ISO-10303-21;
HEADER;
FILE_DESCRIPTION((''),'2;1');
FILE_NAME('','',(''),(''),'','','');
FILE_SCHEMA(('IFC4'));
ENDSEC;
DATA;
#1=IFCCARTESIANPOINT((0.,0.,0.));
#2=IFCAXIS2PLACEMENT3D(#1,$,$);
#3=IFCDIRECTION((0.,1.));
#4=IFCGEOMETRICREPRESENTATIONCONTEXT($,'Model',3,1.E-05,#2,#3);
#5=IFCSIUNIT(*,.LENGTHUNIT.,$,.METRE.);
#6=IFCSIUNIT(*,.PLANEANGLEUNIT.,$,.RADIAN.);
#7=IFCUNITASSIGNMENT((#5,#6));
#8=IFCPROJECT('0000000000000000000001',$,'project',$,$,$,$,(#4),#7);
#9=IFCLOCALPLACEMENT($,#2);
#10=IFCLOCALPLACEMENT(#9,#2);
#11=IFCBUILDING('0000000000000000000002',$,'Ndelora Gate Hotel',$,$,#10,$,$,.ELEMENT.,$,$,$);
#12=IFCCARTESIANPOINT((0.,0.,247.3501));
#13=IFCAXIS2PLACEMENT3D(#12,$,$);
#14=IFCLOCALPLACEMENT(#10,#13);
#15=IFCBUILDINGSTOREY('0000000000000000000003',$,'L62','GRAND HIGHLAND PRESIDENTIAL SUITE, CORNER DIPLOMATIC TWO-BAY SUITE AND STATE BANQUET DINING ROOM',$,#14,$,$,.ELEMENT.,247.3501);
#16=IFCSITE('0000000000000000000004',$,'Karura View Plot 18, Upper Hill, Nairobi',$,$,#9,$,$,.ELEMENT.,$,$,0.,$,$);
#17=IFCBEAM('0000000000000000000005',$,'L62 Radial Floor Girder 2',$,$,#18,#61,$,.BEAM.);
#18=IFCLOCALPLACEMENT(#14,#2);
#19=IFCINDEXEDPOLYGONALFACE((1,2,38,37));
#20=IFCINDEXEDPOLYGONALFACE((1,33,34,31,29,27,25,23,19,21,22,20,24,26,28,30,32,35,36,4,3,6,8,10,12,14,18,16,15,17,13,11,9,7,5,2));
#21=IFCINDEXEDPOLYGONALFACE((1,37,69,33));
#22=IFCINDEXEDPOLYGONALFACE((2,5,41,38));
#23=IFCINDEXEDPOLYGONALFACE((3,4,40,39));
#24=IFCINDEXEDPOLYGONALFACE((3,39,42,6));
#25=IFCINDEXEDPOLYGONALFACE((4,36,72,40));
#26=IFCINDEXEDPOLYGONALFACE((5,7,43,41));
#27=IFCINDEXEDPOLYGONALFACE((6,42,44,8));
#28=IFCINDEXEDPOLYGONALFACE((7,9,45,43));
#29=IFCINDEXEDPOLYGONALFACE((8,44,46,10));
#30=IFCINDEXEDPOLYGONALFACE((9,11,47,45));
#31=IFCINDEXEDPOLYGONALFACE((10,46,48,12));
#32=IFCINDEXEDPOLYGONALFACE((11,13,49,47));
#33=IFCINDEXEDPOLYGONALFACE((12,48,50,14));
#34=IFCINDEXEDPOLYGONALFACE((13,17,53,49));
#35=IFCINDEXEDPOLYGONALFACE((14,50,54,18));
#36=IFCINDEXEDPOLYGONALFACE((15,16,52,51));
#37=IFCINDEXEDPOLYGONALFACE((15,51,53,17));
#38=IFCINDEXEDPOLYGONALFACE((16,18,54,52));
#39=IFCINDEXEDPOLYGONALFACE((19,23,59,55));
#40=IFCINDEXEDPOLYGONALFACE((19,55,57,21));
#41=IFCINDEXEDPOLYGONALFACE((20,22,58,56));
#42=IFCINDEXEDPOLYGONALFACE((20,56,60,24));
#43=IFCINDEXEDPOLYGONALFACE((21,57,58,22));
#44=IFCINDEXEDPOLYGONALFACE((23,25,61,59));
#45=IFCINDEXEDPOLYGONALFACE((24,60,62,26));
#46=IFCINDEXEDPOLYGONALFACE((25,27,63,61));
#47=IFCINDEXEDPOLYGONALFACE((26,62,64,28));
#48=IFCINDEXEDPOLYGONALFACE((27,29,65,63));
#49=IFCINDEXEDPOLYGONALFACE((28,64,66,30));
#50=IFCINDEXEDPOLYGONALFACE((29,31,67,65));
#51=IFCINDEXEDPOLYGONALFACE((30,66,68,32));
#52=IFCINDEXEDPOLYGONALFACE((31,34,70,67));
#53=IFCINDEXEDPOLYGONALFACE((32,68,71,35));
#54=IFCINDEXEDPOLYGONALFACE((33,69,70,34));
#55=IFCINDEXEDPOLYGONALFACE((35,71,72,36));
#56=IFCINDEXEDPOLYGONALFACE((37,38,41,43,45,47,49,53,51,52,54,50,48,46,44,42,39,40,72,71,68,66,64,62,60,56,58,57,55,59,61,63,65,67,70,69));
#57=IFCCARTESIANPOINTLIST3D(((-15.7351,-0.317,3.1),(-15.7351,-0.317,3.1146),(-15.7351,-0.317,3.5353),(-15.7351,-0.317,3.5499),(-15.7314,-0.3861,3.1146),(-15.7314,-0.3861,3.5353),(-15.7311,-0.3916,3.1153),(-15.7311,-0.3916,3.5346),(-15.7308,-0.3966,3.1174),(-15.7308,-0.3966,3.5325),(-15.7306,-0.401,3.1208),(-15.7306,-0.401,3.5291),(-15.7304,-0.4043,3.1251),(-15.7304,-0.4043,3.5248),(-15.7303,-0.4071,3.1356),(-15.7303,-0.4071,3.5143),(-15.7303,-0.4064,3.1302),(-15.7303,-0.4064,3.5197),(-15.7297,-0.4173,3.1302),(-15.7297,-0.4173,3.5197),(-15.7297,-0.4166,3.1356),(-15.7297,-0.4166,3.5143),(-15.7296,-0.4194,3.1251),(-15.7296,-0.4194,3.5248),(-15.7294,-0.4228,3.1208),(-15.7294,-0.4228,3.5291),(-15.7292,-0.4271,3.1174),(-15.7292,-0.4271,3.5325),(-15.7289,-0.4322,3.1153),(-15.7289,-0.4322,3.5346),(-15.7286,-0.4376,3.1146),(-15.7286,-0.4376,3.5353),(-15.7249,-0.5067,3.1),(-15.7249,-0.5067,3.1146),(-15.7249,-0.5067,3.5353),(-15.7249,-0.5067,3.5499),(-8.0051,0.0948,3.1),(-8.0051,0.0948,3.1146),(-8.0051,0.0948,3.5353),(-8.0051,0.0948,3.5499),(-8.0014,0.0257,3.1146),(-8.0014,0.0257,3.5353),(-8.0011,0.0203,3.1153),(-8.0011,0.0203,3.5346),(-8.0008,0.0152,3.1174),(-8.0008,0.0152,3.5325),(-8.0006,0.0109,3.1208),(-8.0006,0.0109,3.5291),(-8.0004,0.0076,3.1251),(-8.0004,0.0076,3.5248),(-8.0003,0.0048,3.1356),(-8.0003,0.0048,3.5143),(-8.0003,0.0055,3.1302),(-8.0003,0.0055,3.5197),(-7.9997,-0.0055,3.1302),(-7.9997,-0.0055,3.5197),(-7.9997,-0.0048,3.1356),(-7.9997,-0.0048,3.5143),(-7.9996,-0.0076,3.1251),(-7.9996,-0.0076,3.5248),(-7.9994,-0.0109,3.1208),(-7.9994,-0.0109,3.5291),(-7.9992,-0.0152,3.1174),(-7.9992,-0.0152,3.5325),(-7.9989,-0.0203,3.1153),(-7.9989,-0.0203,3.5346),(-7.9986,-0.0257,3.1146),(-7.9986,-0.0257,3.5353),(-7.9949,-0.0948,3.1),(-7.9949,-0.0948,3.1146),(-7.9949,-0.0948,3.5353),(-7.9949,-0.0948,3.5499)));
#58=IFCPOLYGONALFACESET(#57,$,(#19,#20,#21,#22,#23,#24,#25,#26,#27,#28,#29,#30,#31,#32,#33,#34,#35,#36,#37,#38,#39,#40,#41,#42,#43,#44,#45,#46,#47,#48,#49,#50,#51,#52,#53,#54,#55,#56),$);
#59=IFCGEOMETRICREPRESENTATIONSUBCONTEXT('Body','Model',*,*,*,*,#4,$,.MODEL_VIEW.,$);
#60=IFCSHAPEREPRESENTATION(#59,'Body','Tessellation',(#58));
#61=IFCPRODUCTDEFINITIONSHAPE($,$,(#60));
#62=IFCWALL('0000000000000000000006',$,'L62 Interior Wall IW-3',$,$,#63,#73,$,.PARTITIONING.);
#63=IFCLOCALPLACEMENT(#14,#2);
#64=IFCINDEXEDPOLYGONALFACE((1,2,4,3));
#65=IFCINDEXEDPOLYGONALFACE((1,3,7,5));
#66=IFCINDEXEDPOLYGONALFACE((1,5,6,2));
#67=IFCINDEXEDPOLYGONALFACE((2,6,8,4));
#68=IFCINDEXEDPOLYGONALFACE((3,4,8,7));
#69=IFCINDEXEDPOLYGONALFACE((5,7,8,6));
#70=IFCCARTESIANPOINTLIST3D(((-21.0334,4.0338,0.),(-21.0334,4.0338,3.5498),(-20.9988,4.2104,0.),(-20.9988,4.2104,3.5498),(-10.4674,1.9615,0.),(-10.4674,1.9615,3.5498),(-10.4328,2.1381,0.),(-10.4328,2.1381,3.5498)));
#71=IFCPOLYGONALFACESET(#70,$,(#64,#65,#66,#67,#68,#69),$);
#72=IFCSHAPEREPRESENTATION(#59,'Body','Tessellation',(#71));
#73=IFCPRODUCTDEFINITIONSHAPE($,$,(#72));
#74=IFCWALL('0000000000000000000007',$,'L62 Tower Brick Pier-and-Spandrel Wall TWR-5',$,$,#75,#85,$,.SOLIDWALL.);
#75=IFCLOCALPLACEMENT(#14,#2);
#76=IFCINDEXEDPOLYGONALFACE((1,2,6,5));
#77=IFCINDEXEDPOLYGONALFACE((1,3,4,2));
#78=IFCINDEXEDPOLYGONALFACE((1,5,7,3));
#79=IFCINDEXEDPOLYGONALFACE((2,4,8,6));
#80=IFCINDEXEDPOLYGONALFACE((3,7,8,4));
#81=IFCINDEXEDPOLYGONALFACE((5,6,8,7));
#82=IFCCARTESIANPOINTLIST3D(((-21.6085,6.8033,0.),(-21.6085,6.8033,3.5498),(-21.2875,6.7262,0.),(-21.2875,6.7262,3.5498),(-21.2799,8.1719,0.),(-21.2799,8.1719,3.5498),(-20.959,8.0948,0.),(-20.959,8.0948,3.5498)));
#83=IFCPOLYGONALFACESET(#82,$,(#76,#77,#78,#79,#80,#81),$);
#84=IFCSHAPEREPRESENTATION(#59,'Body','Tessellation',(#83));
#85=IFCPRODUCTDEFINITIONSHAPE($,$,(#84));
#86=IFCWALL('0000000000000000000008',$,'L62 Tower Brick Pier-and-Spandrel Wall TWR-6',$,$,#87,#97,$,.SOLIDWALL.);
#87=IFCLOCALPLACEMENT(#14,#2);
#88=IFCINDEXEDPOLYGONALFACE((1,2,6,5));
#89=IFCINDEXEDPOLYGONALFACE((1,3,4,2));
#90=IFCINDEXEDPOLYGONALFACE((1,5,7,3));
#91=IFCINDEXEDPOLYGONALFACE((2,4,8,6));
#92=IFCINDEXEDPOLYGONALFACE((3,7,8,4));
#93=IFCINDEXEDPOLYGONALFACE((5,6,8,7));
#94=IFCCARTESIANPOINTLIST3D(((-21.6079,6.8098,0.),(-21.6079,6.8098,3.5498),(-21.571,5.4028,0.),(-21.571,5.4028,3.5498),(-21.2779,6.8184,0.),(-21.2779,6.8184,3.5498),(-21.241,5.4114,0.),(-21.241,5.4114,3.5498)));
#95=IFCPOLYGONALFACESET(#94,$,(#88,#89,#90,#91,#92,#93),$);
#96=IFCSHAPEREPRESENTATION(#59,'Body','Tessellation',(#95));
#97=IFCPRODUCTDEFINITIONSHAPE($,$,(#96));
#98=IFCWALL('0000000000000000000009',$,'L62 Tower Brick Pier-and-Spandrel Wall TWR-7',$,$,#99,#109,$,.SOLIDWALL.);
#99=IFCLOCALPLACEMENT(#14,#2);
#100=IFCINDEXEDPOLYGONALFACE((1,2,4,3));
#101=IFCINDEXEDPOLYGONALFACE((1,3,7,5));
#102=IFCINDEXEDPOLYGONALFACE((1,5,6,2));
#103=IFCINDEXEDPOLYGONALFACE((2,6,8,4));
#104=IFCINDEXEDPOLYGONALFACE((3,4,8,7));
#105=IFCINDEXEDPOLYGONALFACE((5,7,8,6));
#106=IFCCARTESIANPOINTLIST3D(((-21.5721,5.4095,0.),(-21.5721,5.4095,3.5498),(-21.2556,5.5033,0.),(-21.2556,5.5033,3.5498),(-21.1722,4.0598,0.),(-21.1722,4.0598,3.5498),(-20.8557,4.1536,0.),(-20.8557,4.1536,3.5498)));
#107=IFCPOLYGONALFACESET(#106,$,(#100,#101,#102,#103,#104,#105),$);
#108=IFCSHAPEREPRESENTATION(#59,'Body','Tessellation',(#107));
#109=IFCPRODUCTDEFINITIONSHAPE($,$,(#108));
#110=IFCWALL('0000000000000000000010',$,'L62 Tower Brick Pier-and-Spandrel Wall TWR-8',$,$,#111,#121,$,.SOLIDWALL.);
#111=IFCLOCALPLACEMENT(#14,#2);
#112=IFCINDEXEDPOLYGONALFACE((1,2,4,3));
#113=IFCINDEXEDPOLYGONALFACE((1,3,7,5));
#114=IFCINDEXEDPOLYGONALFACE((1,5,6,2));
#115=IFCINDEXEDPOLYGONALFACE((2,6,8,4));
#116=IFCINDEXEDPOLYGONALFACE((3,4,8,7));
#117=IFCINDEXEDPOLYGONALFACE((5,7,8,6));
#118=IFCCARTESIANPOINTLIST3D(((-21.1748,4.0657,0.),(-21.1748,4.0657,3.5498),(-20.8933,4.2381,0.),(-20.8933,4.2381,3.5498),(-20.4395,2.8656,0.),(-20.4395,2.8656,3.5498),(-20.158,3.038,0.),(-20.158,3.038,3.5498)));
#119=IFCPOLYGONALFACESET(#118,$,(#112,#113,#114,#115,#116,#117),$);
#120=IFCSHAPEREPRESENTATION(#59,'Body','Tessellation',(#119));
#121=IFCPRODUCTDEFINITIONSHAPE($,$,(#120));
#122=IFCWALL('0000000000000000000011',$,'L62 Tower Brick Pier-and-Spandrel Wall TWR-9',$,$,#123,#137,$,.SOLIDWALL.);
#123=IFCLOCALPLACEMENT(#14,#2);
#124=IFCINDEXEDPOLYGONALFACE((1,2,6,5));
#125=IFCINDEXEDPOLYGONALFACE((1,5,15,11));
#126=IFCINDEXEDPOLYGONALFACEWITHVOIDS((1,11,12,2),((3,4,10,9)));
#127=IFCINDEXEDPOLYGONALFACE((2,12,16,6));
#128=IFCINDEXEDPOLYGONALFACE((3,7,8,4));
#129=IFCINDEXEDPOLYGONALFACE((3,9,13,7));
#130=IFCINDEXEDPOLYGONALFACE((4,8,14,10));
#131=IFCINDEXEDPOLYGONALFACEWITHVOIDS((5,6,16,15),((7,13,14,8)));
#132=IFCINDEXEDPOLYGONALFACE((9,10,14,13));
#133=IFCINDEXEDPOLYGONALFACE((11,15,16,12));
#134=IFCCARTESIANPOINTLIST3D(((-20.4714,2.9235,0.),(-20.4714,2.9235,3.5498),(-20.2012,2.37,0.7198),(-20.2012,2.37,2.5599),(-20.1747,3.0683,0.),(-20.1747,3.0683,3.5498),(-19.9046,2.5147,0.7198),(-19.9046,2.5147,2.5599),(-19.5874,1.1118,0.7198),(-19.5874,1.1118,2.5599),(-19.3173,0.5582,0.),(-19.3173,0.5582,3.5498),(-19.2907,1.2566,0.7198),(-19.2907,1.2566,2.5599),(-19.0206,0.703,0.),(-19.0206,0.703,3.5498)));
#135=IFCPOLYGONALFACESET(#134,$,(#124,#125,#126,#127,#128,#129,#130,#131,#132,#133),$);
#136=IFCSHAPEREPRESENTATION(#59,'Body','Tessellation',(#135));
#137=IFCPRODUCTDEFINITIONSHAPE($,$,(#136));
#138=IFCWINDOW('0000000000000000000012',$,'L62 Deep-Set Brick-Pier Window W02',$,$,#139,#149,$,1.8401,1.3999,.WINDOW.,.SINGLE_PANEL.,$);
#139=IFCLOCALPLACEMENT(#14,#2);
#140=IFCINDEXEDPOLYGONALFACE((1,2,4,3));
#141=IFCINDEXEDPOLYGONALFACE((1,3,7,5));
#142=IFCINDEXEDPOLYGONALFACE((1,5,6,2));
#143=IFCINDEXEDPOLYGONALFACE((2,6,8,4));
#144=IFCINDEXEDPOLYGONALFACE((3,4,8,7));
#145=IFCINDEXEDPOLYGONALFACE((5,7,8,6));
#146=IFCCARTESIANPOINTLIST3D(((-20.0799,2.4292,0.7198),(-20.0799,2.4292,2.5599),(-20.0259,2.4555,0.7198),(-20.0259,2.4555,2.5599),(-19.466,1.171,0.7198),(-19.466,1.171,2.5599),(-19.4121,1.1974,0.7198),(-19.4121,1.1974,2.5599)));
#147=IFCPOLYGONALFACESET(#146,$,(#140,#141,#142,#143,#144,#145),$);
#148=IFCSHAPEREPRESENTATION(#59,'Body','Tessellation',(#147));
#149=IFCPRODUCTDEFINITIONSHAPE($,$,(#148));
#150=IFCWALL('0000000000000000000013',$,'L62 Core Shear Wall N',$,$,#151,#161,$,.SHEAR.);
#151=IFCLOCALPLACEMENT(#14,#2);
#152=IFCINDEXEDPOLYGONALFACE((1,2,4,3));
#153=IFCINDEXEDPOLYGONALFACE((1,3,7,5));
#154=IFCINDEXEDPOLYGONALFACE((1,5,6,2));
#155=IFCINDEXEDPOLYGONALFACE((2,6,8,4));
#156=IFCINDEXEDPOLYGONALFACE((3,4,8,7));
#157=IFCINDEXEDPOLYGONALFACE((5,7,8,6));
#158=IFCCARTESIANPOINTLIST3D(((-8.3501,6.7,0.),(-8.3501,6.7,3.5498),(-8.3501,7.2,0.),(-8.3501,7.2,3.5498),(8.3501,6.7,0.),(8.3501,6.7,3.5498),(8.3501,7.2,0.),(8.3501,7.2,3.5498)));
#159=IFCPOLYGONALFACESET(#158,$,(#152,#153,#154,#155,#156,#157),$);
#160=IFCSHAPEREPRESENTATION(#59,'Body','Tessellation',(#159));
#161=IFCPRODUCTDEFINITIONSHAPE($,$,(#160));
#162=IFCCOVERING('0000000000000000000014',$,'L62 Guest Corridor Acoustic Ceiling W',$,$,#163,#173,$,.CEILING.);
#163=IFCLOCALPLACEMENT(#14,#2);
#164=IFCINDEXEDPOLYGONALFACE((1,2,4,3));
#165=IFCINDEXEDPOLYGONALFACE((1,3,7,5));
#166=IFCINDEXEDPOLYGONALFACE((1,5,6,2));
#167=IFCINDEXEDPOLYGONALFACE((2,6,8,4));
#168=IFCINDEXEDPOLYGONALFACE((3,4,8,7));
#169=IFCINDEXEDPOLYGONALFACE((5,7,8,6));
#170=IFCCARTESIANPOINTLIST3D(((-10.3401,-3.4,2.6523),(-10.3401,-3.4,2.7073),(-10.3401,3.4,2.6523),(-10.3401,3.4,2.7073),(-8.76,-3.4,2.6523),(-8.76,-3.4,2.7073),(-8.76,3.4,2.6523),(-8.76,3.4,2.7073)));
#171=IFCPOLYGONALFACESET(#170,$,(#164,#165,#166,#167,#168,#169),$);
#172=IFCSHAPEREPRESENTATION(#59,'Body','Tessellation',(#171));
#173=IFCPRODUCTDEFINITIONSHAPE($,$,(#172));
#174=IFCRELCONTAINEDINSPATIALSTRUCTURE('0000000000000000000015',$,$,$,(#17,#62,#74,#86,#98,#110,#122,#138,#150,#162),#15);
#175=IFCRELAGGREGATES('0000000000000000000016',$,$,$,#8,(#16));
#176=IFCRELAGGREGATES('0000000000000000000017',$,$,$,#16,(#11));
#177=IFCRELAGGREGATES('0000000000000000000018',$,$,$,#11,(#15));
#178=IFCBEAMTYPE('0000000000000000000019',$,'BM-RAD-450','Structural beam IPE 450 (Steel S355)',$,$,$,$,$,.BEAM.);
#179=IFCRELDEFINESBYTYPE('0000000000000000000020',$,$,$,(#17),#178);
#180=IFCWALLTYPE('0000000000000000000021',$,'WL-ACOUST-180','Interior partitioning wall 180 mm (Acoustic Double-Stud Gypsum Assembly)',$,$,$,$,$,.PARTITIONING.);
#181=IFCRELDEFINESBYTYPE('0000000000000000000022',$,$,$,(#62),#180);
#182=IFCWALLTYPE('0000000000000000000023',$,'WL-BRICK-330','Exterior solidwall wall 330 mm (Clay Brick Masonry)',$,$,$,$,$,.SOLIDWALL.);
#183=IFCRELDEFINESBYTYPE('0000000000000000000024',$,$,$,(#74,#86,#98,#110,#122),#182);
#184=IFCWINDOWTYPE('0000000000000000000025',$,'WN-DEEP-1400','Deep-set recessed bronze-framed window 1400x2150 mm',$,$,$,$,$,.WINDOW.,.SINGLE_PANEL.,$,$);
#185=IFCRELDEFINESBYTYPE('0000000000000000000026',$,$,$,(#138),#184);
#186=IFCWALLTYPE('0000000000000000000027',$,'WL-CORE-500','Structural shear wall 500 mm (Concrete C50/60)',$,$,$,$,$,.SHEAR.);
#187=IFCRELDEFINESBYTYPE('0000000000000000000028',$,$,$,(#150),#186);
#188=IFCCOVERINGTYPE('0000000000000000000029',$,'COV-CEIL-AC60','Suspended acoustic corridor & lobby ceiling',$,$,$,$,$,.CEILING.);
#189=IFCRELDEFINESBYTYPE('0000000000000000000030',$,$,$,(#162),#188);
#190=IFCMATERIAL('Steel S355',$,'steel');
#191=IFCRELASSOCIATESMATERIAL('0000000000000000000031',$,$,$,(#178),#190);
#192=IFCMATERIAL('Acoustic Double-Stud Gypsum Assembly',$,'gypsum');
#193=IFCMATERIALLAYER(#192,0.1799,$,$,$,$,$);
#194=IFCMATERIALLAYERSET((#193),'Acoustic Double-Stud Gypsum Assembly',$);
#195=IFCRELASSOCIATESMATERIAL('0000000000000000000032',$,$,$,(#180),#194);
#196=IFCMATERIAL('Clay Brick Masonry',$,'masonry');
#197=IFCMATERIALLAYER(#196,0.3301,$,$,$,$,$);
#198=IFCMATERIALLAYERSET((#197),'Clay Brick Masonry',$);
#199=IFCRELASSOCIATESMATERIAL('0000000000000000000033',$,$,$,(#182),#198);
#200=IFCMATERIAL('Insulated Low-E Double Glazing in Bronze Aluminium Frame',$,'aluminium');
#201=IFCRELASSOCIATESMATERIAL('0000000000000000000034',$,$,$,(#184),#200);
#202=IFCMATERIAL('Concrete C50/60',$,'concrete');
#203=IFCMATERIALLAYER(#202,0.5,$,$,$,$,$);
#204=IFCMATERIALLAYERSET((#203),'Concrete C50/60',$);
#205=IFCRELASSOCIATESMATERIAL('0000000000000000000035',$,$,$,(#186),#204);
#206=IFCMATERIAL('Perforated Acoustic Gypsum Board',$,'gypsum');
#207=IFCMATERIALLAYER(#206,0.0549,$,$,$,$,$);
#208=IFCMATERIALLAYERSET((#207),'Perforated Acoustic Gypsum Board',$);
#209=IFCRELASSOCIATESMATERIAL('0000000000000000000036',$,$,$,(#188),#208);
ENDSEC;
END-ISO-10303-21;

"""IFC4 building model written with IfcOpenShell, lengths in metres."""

from ifc_helpers import new_model, si_unit, direction, frame, frame_2d, origin, origin_2d, place, context, subcontext, project, spatial, rectangle, i_section, extrude, material, layer, layer_set, material_profile, profile_set, type_object, element, fill, save


model = new_model("IFC4")

# Units and contexts
model_context = context("Model", 3, precision=1e-05, world=origin(), true_north=direction((0.0, 1.0)))
body_context = subcontext(model_context, "Body", "Model", "MODEL_VIEW")
ifc_project = project(units=[si_unit("LENGTHUNIT", "METRE"), si_unit("PLANEANGLEUNIT", "RADIAN")], contexts=[model_context])

# Site, building, storey
site_placement = place(None, origin())
site = spatial("IfcSite", under=ifc_project, at=site_placement, Name="Karura View Plot 18, Upper Hill, Nairobi", CompositionType="ELEMENT", RefElevation=0.0)
building_placement = place(site_placement, origin())
building = spatial("IfcBuilding", under=site, at=building_placement, Name="Ndelora Gate Hotel", CompositionType="ELEMENT")
storey_placement = place(building_placement, frame((0.0, 0.0, 247.3501)))
storey = spatial("IfcBuildingStorey", under=building, at=storey_placement, Name="L62", Description="GRAND HIGHLAND PRESIDENTIAL SUITE, CORNER DIPLOMATIC TWO-BAY SUITE AND STATE BANQUET DINING ROOM", CompositionType="ELEMENT", Elevation=247.3501)

# Shared definitions
ifc_material_1 = material(Name="Concrete C50/60", Category="concrete")

# Beam
ifc_material_2 = material(Name="Steel S355", Category="steel")
ifc_material_profile_1 = material_profile(ifc_material_2, i_section(OverallWidth=0.1899, OverallDepth=0.45, WebThickness=0.0095, FlangeThickness=0.0146, FilletRadius=0.021, at=origin_2d()), Name="IPE 450")
ifc_profile_set_1 = profile_set([ifc_material_profile_1], Name="Steel S355")
beam_type_1 = type_object("IfcBeamType", Name="BM-RAD-450", Description="Structural beam IPE 450 (Steel S355)", PredefinedType="BEAM", material=ifc_profile_set_1)
beam_1_placement = place(storey_placement, frame((-8.0, 0.0, 3.325), z_axis=(-0.998584, -0.053206, 0.0), x_axis=(0.053206, -0.998584, 0.0)))
element("IfcBeam", 1, at=beam_1_placement, inside=storey, type_object=beam_type_1, Name="L62 Radial Floor Girder 2", PredefinedType="BEAM", context=body_context, shape_type="SweptSolid", body=[
    extrude(i_section(OverallWidth=0.1899, OverallDepth=0.45, WebThickness=0.0095, FlangeThickness=0.0146, FilletRadius=0.021, at=origin_2d()), origin(), (0.0, 0.0, 1.0), 7.741),
])

# Walls
ifc_material_3 = material(Name="Acoustic Double-Stud Gypsum Assembly", Category="gypsum")
ifc_layer_1 = layer(ifc_material_3, 0.1799)
ifc_layer_set_1 = layer_set([ifc_layer_1], Name="Acoustic Double-Stud Gypsum Assembly")
wall_type_1 = type_object("IfcWallType", Name="WL-ACOUST-180", Description="Interior partitioning wall 180 mm (Acoustic Double-Stud Gypsum Assembly)", PredefinedType="PARTITIONING", material=ifc_layer_set_1)
wall_1_placement = place(storey_placement, frame((-10.45, 2.0498, 0.0), z_axis=(0.0, 0.0, 1.0), x_axis=(-0.981305, 0.192461, 0.0)))
element("IfcWall", 2, at=wall_1_placement, inside=storey, type_object=wall_type_1, Name="L62 Interior Wall IW-3", PredefinedType="PARTITIONING", context=body_context, shape_type="SweptSolid", body=[
    extrude(rectangle(XDim=10.7673, YDim=0.1799, at=frame_2d((5.3838, 0.0))), origin(), (0.0, 0.0, 1.0), 3.5498),
])
ifc_material_4 = material(Name="Clay Brick Masonry", Category="masonry")
ifc_layer_2 = layer(ifc_material_4, 0.3301)
ifc_layer_set_2 = layer_set([ifc_layer_2], Name="Clay Brick Masonry")
wall_type_2 = type_object("IfcWallType", Name="WL-BRICK-330", Description="Exterior solidwall wall 330 mm (Clay Brick Masonry)", PredefinedType="SOLIDWALL", material=ifc_layer_set_2)
for number, where, z_axis, x_axis, name in (
    (3, (-21.448, 6.7649, 0.0), (0.0, 0.0, 1.0), (0.233465, 0.972365, 0.0), "L62 Tower Brick Pier-and-Spandrel Wall TWR-5"),
    (4, (-21.406, 5.4072, 0.0), (0.0, 0.0, 1.0), (-0.026193, 0.999657, 0.0), "L62 Tower Brick Pier-and-Spandrel Wall TWR-6"),
):
    element("IfcWall", number, at=place(storey_placement, frame(where, z_axis=z_axis, x_axis=x_axis)), inside=storey, type_object=wall_type_2, Name=name, PredefinedType="SOLIDWALL", context=body_context, shape_type="SweptSolid", body=[
        extrude(rectangle(XDim=1.4075, YDim=0.3301, at=frame_2d((0.7036, 0.0))), origin(), (0.0, 0.0, 1.0), 3.5498),
    ])
wall_2_placement = place(storey_placement, frame((-21.0139, 4.1067, 0.0), z_axis=(0.0, 0.0, 1.0), x_axis=(-0.2841, 0.958795, 0.0)))
element("IfcWall", 5, at=wall_2_placement, inside=storey, type_object=wall_type_2, Name="L62 Tower Brick Pier-and-Spandrel Wall TWR-7", PredefinedType="SOLIDWALL", context=body_context, shape_type="SweptSolid", body=[
    extrude(rectangle(XDim=1.4077, YDim=0.3301, at=frame_2d((0.7039, 0.0))), origin(), (0.0, 0.0, 1.0), 3.5498),
])
wall_3_placement = place(storey_placement, frame((-20.2988, 2.9519, 0.0), z_axis=(0.0, 0.0, 1.0), x_axis=(-0.522432, 0.852681, 0.0)))
element("IfcWall", 6, at=wall_3_placement, inside=storey, type_object=wall_type_2, Name="L62 Tower Brick Pier-and-Spandrel Wall TWR-8", PredefinedType="SOLIDWALL", context=body_context, shape_type="SweptSolid", body=[
    extrude(rectangle(XDim=1.4075, YDim=0.3301, at=frame_2d((0.7036, 0.0))), origin(), (0.0, 0.0, 1.0), 3.5498),
])

# Wall, opening, window
wall_4_placement = place(storey_placement, frame((-19.1689, 0.6306, 0.0), z_axis=(0.0, 0.0, 1.0), x_axis=(-0.43851, 0.898727, 0.0)))
wall_4 = element("IfcWall", 7, at=wall_4_placement, inside=storey, type_object=wall_type_2, Name="L62 Tower Brick Pier-and-Spandrel Wall TWR-9", PredefinedType="SOLIDWALL", context=body_context, shape_type="SweptSolid", body=[
    extrude(rectangle(XDim=2.6318, YDim=0.3301, at=frame_2d((1.3159, 0.0))), origin(), (0.0, 0.0, 1.0), 3.5498),
])
opening_1_placement = place(wall_4_placement, frame((0.616, 0.0, 0.72)))
opening_1 = element("IfcOpeningElement", 8, at=opening_1_placement, cuts=wall_4, PredefinedType="OPENING", context=body_context, shape_type="SweptSolid", body=[
    extrude(rectangle(XDim=1.3999, YDim=1.8401, at=frame_2d((0.7, 0.9199))), frame((0.0, 0.175, 0.0), z_axis=(0.0, -1.0, 0.0), x_axis=(1.0, 0.0, 0.0)), (0.0, 0.0, 1.0), 0.3501),
])
ifc_material_5 = material(Name="Insulated Low-E Double Glazing in Bronze Aluminium Frame", Category="aluminium")
window_type = type_object("IfcWindowType", Name="WN-DEEP-1400", Description="Deep-set recessed bronze-framed window 1400x2150 mm", PartitioningType="SINGLE_PANEL", PredefinedType="WINDOW", material=ifc_material_5)
window_placement = place(opening_1_placement, origin())
window = element("IfcWindow", 9, at=window_placement, inside=storey, type_object=window_type, Name="L62 Deep-Set Brick-Pier Window W02", OverallHeight=1.8401, OverallWidth=1.3999, PartitioningType="SINGLE_PANEL", PredefinedType="WINDOW", context=body_context, shape_type="SweptSolid", body=[
    extrude(rectangle(XDim=1.3999, YDim=1.8401, at=frame_2d((0.7, 0.9199))), frame((0.0, 0.03, 0.0), z_axis=(0.0, -1.0, 0.0), x_axis=(1.0, 0.0, 0.0)), (0.0, 0.0, 1.0), 0.0601),
])
fill(opening_1, window)

# Wall
ifc_layer_3 = layer(ifc_material_1, 0.5)
ifc_layer_set_3 = layer_set([ifc_layer_3], Name="Concrete C50/60")
wall_type_3 = type_object("IfcWallType", Name="WL-CORE-500", Description="Structural shear wall 500 mm (Concrete C50/60)", PredefinedType="SHEAR", material=ifc_layer_set_3)
wall_5_placement = place(storey_placement, frame((-8.3501, 6.95, 0.0), z_axis=(0.0, 0.0, 1.0), x_axis=(1.0, 0.0, 0.0)))
element("IfcWall", 10, at=wall_5_placement, inside=storey, type_object=wall_type_3, Name="L62 Core Shear Wall N", PredefinedType="SHEAR", context=body_context, shape_type="SweptSolid", body=[
    extrude(rectangle(XDim=16.7002, YDim=0.5, at=frame_2d((8.3501, 0.0))), origin(), (0.0, 0.0, 1.0), 3.5498),
])

# Covering
ifc_material_6 = material(Name="Perforated Acoustic Gypsum Board", Category="gypsum")
ifc_layer_4 = layer(ifc_material_6, 0.0549)
ifc_layer_set_4 = layer_set([ifc_layer_4], Name="Perforated Acoustic Gypsum Board")
covering_type_1 = type_object("IfcCoveringType", Name="COV-CEIL-AC60", Description="Suspended acoustic corridor & lobby ceiling", PredefinedType="CEILING", material=ifc_layer_set_4)
covering_1_placement = place(storey_placement, frame((-9.55, 0.0, 2.6523), z_axis=(0.0, 0.0, 1.0), x_axis=(1.0, 0.0, 0.0)))
element("IfcCovering", 11, at=covering_1_placement, inside=storey, type_object=covering_type_1, Name="L62 Guest Corridor Acoustic Ceiling W", PredefinedType="CEILING", context=body_context, shape_type="SweptSolid", body=[
    extrude(rectangle(XDim=1.5801, YDim=6.8, at=origin_2d()), origin(), (0.0, 0.0, 1.0), 0.0549),
])

save(model, "model.ifc")
